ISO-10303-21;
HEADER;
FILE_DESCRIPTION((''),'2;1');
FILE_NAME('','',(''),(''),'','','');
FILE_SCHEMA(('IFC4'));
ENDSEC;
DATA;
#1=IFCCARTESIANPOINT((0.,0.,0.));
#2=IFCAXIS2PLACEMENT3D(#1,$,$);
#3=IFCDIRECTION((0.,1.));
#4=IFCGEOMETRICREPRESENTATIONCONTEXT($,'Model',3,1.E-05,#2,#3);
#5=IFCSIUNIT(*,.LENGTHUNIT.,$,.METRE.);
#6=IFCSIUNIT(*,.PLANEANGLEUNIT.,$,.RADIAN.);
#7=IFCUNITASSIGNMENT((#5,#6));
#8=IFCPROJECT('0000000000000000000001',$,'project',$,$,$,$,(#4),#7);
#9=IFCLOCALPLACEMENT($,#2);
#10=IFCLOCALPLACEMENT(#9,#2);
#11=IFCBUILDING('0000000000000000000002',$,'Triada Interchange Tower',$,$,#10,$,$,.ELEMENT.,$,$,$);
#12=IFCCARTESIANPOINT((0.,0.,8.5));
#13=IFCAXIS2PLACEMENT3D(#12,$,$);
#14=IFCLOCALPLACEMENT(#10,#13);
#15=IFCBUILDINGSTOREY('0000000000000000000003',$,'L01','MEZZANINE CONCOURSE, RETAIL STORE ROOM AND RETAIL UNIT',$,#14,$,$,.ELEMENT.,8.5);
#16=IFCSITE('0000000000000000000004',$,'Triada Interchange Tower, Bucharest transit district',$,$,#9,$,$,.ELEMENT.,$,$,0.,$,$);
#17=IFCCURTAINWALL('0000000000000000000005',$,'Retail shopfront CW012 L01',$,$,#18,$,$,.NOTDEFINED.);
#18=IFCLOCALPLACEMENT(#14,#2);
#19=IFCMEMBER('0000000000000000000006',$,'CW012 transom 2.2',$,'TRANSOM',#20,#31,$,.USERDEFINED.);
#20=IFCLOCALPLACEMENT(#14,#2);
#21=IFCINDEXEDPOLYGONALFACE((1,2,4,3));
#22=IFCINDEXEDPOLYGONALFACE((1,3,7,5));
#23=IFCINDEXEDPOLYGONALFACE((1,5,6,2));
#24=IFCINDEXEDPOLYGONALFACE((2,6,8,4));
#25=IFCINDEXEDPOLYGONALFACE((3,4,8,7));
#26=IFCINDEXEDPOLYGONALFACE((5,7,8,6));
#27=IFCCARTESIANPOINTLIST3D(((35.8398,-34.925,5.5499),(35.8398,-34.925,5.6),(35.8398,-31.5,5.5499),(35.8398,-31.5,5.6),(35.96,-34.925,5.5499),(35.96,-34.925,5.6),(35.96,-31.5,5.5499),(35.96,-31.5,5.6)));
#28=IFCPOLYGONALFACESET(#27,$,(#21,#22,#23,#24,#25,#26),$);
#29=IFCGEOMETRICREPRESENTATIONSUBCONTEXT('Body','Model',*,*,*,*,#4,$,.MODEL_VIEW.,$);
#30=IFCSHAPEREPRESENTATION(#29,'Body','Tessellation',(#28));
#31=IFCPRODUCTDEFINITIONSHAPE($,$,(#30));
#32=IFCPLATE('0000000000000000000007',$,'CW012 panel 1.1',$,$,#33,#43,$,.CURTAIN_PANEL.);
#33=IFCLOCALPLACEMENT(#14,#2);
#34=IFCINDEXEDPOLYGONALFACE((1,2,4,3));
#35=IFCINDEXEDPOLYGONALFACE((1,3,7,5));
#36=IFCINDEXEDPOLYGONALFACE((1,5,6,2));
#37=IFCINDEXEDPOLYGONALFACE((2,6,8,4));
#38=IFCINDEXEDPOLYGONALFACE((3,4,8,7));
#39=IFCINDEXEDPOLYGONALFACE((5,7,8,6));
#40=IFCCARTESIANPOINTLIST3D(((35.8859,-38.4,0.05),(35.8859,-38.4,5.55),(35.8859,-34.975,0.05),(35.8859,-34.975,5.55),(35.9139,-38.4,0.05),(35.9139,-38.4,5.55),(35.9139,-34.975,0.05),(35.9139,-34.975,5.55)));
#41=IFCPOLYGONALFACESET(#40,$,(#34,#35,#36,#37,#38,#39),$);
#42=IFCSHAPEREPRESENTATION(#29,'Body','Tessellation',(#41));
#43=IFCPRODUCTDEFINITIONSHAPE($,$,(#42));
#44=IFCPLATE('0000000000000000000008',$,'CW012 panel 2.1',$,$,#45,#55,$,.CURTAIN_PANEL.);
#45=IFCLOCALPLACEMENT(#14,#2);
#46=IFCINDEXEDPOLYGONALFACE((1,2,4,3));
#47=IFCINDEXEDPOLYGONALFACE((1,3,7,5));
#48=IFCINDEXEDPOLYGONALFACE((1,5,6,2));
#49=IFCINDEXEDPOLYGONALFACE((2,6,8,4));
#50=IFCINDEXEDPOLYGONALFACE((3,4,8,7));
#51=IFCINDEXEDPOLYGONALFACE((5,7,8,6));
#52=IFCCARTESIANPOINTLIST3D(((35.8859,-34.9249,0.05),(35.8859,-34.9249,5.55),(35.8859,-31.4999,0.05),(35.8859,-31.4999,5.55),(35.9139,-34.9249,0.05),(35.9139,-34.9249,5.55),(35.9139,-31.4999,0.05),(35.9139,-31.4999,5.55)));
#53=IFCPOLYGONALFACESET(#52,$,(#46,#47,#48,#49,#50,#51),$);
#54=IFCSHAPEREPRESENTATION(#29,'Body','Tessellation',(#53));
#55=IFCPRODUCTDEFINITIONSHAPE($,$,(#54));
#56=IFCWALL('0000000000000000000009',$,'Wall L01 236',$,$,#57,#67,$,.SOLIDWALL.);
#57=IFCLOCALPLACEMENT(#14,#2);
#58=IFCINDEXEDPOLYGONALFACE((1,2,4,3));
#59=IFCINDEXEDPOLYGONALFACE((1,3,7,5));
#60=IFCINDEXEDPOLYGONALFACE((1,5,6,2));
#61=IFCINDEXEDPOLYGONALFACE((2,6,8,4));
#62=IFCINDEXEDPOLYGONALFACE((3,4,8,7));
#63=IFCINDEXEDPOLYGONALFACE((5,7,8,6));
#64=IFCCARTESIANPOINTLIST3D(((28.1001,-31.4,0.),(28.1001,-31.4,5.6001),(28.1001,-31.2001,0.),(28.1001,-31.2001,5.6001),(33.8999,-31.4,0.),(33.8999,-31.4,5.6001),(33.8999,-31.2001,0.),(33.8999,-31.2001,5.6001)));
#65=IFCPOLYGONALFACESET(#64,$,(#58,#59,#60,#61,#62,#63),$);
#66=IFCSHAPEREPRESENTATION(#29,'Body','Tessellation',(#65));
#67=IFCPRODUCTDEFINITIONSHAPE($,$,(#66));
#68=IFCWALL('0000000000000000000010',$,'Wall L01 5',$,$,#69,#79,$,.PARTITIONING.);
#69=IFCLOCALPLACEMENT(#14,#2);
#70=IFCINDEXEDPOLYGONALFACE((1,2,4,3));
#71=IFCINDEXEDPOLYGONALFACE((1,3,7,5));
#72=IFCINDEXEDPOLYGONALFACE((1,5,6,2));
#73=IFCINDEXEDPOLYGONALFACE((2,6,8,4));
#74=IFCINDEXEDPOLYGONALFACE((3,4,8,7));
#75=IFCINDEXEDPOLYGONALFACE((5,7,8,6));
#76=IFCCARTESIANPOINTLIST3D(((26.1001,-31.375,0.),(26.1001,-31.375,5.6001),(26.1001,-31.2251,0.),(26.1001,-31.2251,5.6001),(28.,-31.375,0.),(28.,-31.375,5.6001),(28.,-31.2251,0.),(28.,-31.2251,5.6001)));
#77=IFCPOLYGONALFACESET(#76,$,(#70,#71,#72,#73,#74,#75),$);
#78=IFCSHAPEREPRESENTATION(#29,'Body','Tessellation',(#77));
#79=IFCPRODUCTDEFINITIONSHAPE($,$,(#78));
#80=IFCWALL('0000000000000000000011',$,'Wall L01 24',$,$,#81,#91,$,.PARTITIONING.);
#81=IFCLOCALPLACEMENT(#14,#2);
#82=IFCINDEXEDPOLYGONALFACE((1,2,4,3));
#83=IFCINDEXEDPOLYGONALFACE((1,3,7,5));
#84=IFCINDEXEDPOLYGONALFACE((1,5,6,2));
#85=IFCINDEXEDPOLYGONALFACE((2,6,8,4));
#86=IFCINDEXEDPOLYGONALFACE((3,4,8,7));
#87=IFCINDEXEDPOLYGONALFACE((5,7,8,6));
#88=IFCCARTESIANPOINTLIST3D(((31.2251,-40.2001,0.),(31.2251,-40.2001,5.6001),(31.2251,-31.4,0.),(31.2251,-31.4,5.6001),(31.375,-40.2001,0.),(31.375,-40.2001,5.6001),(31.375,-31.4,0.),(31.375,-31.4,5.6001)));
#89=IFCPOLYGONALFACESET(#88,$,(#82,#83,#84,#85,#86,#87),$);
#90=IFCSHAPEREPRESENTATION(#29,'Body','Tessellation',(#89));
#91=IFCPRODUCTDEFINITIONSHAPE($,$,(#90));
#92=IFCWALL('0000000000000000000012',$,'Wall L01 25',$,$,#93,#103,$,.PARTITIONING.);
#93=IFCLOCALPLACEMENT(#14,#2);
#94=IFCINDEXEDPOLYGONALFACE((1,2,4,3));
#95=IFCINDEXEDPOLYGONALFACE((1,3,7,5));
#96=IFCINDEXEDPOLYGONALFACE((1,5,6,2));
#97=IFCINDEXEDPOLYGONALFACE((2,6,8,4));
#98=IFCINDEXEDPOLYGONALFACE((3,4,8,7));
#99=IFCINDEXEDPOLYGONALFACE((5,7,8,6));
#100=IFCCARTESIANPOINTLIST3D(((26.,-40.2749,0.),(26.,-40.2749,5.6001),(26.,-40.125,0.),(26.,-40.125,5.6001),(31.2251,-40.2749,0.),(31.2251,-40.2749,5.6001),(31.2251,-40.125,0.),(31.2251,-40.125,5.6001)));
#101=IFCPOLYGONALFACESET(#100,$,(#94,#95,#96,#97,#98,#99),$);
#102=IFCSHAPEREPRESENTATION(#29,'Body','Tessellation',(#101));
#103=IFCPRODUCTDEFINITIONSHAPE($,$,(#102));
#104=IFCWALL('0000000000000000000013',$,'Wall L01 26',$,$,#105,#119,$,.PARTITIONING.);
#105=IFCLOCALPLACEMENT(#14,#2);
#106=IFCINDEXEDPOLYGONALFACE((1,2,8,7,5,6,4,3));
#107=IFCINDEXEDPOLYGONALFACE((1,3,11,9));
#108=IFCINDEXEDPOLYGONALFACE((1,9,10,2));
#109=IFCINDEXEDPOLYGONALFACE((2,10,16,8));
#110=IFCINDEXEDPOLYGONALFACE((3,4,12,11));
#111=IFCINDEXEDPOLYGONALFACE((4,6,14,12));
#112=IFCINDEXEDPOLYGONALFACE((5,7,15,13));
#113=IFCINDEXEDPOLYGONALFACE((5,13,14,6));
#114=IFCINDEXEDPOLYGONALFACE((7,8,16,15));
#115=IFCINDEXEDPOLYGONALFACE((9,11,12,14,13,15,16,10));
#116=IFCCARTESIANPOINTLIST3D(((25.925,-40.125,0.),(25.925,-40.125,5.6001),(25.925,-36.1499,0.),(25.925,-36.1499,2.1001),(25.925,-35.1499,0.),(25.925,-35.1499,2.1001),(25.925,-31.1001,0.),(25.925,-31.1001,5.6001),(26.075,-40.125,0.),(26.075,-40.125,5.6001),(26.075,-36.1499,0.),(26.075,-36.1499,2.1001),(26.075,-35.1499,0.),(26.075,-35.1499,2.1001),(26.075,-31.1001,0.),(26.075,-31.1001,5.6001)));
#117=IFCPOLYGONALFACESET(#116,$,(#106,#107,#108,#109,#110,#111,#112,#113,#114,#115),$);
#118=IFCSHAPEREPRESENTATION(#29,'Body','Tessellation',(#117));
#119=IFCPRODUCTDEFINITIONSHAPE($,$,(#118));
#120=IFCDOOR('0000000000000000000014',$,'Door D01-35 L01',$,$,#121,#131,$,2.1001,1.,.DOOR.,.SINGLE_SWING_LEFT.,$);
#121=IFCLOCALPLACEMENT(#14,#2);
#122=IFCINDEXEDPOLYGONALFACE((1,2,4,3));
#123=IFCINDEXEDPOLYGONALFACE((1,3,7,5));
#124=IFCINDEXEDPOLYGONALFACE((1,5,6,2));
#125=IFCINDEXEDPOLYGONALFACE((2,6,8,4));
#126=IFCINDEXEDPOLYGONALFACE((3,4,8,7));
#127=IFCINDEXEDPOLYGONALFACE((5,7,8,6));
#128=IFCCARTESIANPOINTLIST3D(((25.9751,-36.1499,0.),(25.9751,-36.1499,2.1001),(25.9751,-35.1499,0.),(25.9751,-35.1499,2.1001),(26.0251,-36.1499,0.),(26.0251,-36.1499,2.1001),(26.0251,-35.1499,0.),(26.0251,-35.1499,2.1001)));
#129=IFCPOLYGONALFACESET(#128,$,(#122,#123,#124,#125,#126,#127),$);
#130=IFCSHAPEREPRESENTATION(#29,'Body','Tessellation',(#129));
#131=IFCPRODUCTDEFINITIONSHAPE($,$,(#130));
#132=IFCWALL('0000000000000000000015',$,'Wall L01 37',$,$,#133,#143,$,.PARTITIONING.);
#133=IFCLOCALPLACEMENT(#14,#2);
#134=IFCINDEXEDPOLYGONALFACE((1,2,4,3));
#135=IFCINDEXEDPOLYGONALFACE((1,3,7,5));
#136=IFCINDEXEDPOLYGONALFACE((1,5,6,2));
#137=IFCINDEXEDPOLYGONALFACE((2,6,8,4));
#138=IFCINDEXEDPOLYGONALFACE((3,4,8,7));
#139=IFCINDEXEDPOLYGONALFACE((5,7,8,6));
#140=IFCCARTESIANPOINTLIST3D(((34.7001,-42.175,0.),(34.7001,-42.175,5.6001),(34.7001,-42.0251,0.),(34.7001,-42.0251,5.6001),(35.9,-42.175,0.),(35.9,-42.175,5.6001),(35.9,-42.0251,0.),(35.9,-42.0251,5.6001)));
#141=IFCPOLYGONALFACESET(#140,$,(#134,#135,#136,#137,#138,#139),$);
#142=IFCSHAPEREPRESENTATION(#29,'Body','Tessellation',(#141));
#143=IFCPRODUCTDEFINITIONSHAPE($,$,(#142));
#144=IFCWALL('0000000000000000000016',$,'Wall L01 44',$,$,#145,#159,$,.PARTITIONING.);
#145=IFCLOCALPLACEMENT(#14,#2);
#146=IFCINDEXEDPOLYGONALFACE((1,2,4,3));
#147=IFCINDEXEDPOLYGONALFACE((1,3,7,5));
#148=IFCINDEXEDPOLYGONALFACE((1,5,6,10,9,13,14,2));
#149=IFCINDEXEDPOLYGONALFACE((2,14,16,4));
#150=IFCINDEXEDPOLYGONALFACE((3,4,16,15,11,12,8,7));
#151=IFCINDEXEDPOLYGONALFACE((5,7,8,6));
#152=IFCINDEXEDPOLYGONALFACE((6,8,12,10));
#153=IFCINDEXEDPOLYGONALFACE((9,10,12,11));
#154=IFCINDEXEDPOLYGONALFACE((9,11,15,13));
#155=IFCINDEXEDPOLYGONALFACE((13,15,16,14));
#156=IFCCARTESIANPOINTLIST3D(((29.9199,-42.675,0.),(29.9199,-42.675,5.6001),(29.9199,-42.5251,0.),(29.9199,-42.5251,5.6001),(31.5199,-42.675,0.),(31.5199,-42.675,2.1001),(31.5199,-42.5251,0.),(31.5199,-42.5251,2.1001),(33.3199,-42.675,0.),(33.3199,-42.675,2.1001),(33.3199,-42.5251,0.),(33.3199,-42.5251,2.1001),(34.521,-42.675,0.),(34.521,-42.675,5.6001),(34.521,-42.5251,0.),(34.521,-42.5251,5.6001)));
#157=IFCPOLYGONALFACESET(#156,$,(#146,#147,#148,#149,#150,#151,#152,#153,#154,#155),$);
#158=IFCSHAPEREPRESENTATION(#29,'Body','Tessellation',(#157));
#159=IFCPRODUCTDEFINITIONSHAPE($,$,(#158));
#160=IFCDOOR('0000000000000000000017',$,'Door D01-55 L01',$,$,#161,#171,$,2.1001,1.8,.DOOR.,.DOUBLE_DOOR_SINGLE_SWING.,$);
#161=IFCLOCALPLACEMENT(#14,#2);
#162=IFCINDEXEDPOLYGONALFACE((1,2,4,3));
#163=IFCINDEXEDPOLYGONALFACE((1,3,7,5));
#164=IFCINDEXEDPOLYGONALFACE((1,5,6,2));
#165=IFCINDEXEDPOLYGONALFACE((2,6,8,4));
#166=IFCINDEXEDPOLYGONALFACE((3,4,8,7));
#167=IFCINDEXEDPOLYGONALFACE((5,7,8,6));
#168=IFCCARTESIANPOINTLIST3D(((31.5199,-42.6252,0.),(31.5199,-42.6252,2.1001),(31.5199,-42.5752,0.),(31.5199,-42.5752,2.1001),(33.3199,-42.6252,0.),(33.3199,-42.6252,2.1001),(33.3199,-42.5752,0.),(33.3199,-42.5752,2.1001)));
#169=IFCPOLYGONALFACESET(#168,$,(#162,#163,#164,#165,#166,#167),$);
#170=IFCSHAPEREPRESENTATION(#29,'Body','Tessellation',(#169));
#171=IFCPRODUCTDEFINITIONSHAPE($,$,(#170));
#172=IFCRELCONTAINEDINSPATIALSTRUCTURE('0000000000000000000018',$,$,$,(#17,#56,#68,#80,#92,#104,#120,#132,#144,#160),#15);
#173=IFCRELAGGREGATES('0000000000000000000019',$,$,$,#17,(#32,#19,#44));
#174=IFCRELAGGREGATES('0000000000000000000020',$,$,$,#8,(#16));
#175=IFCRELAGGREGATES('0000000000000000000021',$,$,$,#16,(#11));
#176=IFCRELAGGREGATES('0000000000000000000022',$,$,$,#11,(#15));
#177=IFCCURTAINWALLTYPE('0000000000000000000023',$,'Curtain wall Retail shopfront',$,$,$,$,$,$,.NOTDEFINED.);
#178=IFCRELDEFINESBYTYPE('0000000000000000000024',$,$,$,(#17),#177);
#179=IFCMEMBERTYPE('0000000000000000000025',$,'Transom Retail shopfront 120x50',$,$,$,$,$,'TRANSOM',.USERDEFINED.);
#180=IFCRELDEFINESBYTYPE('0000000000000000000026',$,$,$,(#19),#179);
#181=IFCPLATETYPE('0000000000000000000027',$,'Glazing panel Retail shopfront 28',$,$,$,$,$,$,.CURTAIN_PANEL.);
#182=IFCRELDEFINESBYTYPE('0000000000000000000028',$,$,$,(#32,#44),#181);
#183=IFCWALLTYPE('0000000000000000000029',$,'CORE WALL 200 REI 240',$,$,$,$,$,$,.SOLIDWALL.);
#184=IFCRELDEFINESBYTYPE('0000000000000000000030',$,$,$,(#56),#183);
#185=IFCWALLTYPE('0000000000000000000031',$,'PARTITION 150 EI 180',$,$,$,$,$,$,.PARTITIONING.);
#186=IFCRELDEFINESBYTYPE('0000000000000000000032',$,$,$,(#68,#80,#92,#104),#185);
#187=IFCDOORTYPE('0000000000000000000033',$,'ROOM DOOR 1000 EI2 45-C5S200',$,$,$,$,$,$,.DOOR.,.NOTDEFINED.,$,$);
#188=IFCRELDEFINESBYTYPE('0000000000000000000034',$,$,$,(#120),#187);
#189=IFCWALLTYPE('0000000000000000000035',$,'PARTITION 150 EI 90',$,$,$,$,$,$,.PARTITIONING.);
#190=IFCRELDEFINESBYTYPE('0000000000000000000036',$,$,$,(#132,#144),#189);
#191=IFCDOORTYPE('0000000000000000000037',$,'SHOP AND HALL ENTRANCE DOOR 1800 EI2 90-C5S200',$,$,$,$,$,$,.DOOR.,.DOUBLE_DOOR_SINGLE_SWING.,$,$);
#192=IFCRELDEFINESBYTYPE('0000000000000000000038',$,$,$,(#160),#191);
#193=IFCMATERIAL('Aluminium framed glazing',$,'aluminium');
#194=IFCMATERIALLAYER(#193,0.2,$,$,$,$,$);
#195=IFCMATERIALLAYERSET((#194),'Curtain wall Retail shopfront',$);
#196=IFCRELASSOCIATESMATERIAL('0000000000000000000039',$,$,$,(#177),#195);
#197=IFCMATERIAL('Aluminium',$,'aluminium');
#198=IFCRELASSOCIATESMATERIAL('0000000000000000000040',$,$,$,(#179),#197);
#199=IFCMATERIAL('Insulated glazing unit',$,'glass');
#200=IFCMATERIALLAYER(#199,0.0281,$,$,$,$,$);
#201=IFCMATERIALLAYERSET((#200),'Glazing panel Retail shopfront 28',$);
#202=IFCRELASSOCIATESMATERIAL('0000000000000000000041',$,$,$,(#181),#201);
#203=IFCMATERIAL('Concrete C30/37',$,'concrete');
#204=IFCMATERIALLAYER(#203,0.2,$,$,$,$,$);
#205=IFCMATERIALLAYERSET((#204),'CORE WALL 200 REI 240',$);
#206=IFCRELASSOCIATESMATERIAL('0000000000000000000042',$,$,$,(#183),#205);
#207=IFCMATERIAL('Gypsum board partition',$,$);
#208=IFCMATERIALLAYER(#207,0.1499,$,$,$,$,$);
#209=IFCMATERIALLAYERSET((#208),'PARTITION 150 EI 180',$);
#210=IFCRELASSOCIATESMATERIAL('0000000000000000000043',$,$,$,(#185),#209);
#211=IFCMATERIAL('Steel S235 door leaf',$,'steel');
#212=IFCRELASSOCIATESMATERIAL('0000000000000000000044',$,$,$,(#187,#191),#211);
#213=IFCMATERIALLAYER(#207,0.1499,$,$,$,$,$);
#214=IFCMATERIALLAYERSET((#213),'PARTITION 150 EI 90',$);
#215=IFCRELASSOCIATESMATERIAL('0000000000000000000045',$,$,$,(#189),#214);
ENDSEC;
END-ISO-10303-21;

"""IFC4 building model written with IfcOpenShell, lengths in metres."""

from ifc_helpers import new_model, si_unit, direction, frame, frame_2d, origin, origin_2d, place, context, subcontext, project, spatial, rectangle, extrude, material, layer, layer_set, material_profile, profile_set, type_object, element, fill, aggregate, save


model = new_model("IFC4")

# Units and contexts
model_context = context("Model", 3, precision=1e-05, world=origin(), true_north=direction((0.0, 1.0)))
body_context = subcontext(model_context, "Body", "Model", "MODEL_VIEW")
ifc_project = project(units=[si_unit("LENGTHUNIT", "METRE"), si_unit("PLANEANGLEUNIT", "RADIAN")], contexts=[model_context])

# Site, building, storey
site_placement = place(None, origin())
site = spatial("IfcSite", under=ifc_project, at=site_placement, Name="Triada Interchange Tower, Bucharest transit district", CompositionType="ELEMENT", RefElevation=0.0)
building_placement = place(site_placement, origin())
building = spatial("IfcBuilding", under=site, at=building_placement, Name="Triada Interchange Tower", CompositionType="ELEMENT")
storey_placement = place(building_placement, frame((0.0, 0.0, 8.5)))
storey = spatial("IfcBuildingStorey", under=building, at=storey_placement, Name="L01", Description="MEZZANINE CONCOURSE, RETAIL STORE ROOM AND RETAIL UNIT", CompositionType="ELEMENT", Elevation=8.5)

# Shared definitions
ifc_material_1 = material(Name="Aluminium framed glazing", Category="aluminium")
ifc_layer_1 = layer(ifc_material_1, 0.2)
ifc_layer_set_1 = layer_set([ifc_layer_1], Name="Curtain wall Retail shopfront")
curtain_wall_type = type_object("IfcCurtainWallType", Name="Curtain wall Retail shopfront", PredefinedType="NOTDEFINED", material=ifc_layer_set_1)
ifc_material_2 = material(Name="Aluminium", Category="aluminium")

# Curtain wall
curtain_wall_1_placement = place(storey_placement, origin())
curtain_wall_1 = element("IfcCurtainWall", 1, at=curtain_wall_1_placement, inside=storey, type_object=curtain_wall_type, Name="Retail shopfront CW012 L01", PredefinedType="NOTDEFINED")

# Member
ifc_material_profile_1 = material_profile(ifc_material_2, rectangle(XDim=0.1201, YDim=0.05, at=origin_2d()), Name="Aluminium transom")
ifc_profile_set_1 = profile_set([ifc_material_profile_1], Name="Aluminium")
member_type_1 = type_object("IfcMemberType", Name="Transom Retail shopfront 120x50", ElementType="TRANSOM", PredefinedType="USERDEFINED", material=ifc_profile_set_1)
member_1_placement = place(storey_placement, frame((35.8999, -34.925, 5.575), z_axis=(0.0, 1.0, 0.0), x_axis=(-1.0, 0.0, 0.0)))
member_1 = element("IfcMember", 2, at=member_1_placement, type_object=member_type_1, Name="CW012 transom 2.2", ObjectType="TRANSOM", PredefinedType="USERDEFINED", context=body_context, shape_type="SweptSolid", body=[
    extrude(rectangle(XDim=0.1201, YDim=0.05, at=origin_2d()), origin(), (0.0, 0.0, 1.0), 3.425),
])

# Plates
ifc_material_3 = material(Name="Insulated glazing unit", Category="glass")
ifc_layer_2 = layer(ifc_material_3, 0.0281)
ifc_layer_set_2 = layer_set([ifc_layer_2], Name="Glazing panel Retail shopfront 28")
plate_type = type_object("IfcPlateType", Name="Glazing panel Retail shopfront 28", PredefinedType="CURTAIN_PANEL", material=ifc_layer_set_2)
plate_1_placement = place(storey_placement, frame((35.8999, -36.6875, 0.05), z_axis=(0.0, 0.0, 1.0), x_axis=(0.0, 1.0, 0.0)))
plate_1 = element("IfcPlate", 3, at=plate_1_placement, type_object=plate_type, Name="CW012 panel 1.1", PredefinedType="CURTAIN_PANEL", context=body_context, shape_type="SweptSolid", body=[
    extrude(rectangle(XDim=3.425, YDim=0.0281, at=origin_2d()), origin(), (0.0, 0.0, 1.0), 5.5),
])
plate_2_placement = place(storey_placement, frame((35.8999, -33.2124, 0.05), z_axis=(0.0, 0.0, 1.0), x_axis=(0.0, 1.0, 0.0)))
plate_2 = element("IfcPlate", 4, at=plate_2_placement, type_object=plate_type, Name="CW012 panel 2.1", PredefinedType="CURTAIN_PANEL", context=body_context, shape_type="SweptSolid", body=[
    extrude(rectangle(XDim=3.425, YDim=0.0281, at=origin_2d()), origin(), (0.0, 0.0, 1.0), 5.5),
])
aggregate(curtain_wall_1, [plate_1, member_1, plate_2])

# Wall
ifc_material_4 = material(Name="Concrete C30/37", Category="concrete")
ifc_layer_3 = layer(ifc_material_4, 0.2)
ifc_layer_set_3 = layer_set([ifc_layer_3], Name="CORE WALL 200 REI 240")
wall_type_1 = type_object("IfcWallType", Name="CORE WALL 200 REI 240", PredefinedType="SOLIDWALL", material=ifc_layer_set_3)
wall_1_placement = place(storey_placement, frame((28.1001, -31.3, 0.0), z_axis=(0.0, 0.0, 1.0), x_axis=(1.0, 0.0, 0.0)))
element("IfcWall", 5, at=wall_1_placement, inside=storey, type_object=wall_type_1, Name="Wall L01 236", PredefinedType="SOLIDWALL", context=body_context, shape_type="SweptSolid", body=[
    extrude(rectangle(XDim=5.7998, YDim=0.2, at=frame_2d((2.8999, 0.0))), origin(), (0.0, 0.0, 1.0), 5.6001),
])

# Walls
ifc_material_5 = material(Name="Gypsum board partition")
ifc_layer_4 = layer(ifc_material_5, 0.1499)
ifc_layer_set_4 = layer_set([ifc_layer_4], Name="PARTITION 150 EI 180")
wall_type_2 = type_object("IfcWallType", Name="PARTITION 150 EI 180", PredefinedType="PARTITIONING", material=ifc_layer_set_4)
wall_2_placement = place(storey_placement, frame((26.1001, -31.3, 0.0), z_axis=(0.0, 0.0, 1.0), x_axis=(1.0, 0.0, 0.0)))
element("IfcWall", 6, at=wall_2_placement, inside=storey, type_object=wall_type_2, Name="Wall L01 5", PredefinedType="PARTITIONING", context=body_context, shape_type="SweptSolid", body=[
    extrude(rectangle(XDim=1.8999, YDim=0.1499, at=frame_2d((0.95, 0.0))), origin(), (0.0, 0.0, 1.0), 5.6001),
])
wall_3_placement = place(storey_placement, frame((31.3, -40.2, 0.0), z_axis=(0.0, 0.0, 1.0), x_axis=(0.0, 1.0, 0.0)))
element("IfcWall", 7, at=wall_3_placement, inside=storey, type_object=wall_type_2, Name="Wall L01 24", PredefinedType="PARTITIONING", context=body_context, shape_type="SweptSolid", body=[
    extrude(rectangle(XDim=8.8, YDim=0.1499, at=frame_2d((4.3999, 0.0))), origin(), (0.0, 0.0, 1.0), 5.6001),
])
wall_4_placement = place(storey_placement, frame((26.0, -40.2, 0.0), z_axis=(0.0, 0.0, 1.0), x_axis=(1.0, 0.0, 0.0)))
element("IfcWall", 8, at=wall_4_placement, inside=storey, type_object=wall_type_2, Name="Wall L01 25", PredefinedType="PARTITIONING", context=body_context, shape_type="SweptSolid", body=[
    extrude(rectangle(XDim=5.2251, YDim=0.1499, at=frame_2d((2.6125, 0.0))), origin(), (0.0, 0.0, 1.0), 5.6001),
])

# Wall, opening, door
wall_5_placement = place(storey_placement, frame((26.0, -40.125, 0.0), z_axis=(0.0, 0.0, 1.0), x_axis=(0.0, 1.0, 0.0)))
wall_5 = element("IfcWall", 9, at=wall_5_placement, inside=storey, type_object=wall_type_2, Name="Wall L01 26", PredefinedType="PARTITIONING", context=body_context, shape_type="SweptSolid", body=[
    extrude(rectangle(XDim=9.0249, YDim=0.1499, at=frame_2d((4.5125, 0.0))), origin(), (0.0, 0.0, 1.0), 5.6001),
])
opening_1_placement = place(wall_5_placement, frame((3.9751, 0.0, 0.0)))
opening_1 = element("IfcOpeningElement", 10, at=opening_1_placement, cuts=wall_5, PredefinedType="OPENING", context=body_context, shape_type="SweptSolid", body=[
    extrude(rectangle(XDim=1.0, YDim=2.1001, at=frame_2d((0.5, 1.05))), frame((0.0, 0.085, 0.0), z_axis=(0.0, -1.0, 0.0), x_axis=(1.0, 0.0, 0.0)), (0.0, 0.0, 1.0), 0.1699),
])
ifc_material_6 = material(Name="Steel S235 door leaf", Category="steel")
door_type_1 = type_object("IfcDoorType", Name="ROOM DOOR 1000 EI2 45-C5S200", OperationType="NOTDEFINED", PredefinedType="DOOR", material=ifc_material_6)
door_1_placement = place(opening_1_placement, origin())
door_1 = element("IfcDoor", 11, at=door_1_placement, inside=storey, type_object=door_type_1, Name="Door D01-35 L01", OperationType="SINGLE_SWING_LEFT", OverallHeight=2.1001, OverallWidth=1.0, PredefinedType="DOOR", context=body_context, shape_type="SweptSolid", body=[
    extrude(rectangle(XDim=1.0, YDim=2.1001, at=frame_2d((0.5, 1.05))), frame((0.0, 0.0249, 0.0), z_axis=(0.0, -1.0, 0.0), x_axis=(1.0, 0.0, 0.0)), (0.0, 0.0, 1.0), 0.05),
])
fill(opening_1, door_1)

# Wall
ifc_layer_5 = layer(ifc_material_5, 0.1499)
ifc_layer_set_5 = layer_set([ifc_layer_5], Name="PARTITION 150 EI 90")
wall_type_3 = type_object("IfcWallType", Name="PARTITION 150 EI 90", PredefinedType="PARTITIONING", material=ifc_layer_set_5)
wall_6_placement = place(storey_placement, frame((34.7, -42.1001, 0.0), z_axis=(0.0, 0.0, 1.0), x_axis=(1.0, 0.0, 0.0)))
element("IfcWall", 12, at=wall_6_placement, inside=storey, type_object=wall_type_3, Name="Wall L01 37", PredefinedType="PARTITIONING", context=body_context, shape_type="SweptSolid", body=[
    extrude(rectangle(XDim=1.2, YDim=0.1499, at=frame_2d((0.6001, 0.0))), origin(), (0.0, 0.0, 1.0), 5.6001),
])

# Wall, opening, door
wall_7_placement = place(storey_placement, frame((29.9199, -42.6001, 0.0), z_axis=(0.0, 0.0, 1.0), x_axis=(1.0, 0.0, 0.0)))
wall_7 = element("IfcWall", 13, at=wall_7_placement, inside=storey, type_object=wall_type_3, Name="Wall L01 44", PredefinedType="PARTITIONING", context=body_context, shape_type="SweptSolid", body=[
    extrude(rectangle(XDim=4.6011, YDim=0.1499, at=frame_2d((2.3005, 0.0))), origin(), (0.0, 0.0, 1.0), 5.6001),
])
opening_2_placement = place(wall_7_placement, frame((1.6001, 0.0, 0.0)))
opening_2 = element("IfcOpeningElement", 14, at=opening_2_placement, cuts=wall_7, PredefinedType="OPENING", context=body_context, shape_type="SweptSolid", body=[
    extrude(rectangle(XDim=1.8, YDim=2.1001, at=frame_2d((0.8999, 1.05))), frame((0.0, 0.085, 0.0), z_axis=(0.0, -1.0, 0.0), x_axis=(1.0, 0.0, 0.0)), (0.0, 0.0, 1.0), 0.1699),
])
door_type_2 = type_object("IfcDoorType", Name="SHOP AND HALL ENTRANCE DOOR 1800 EI2 90-C5S200", OperationType="DOUBLE_DOOR_SINGLE_SWING", PredefinedType="DOOR", material=ifc_material_6)
door_2_placement = place(opening_2_placement, origin())
door_2 = element("IfcDoor", 15, at=door_2_placement, inside=storey, type_object=door_type_2, Name="Door D01-55 L01", OperationType="DOUBLE_DOOR_SINGLE_SWING", OverallHeight=2.1001, OverallWidth=1.8, PredefinedType="DOOR", context=body_context, shape_type="SweptSolid", body=[
    extrude(rectangle(XDim=1.8, YDim=2.1001, at=frame_2d((0.8999, 1.05))), frame((0.0, 0.0249, 0.0), z_axis=(0.0, -1.0, 0.0), x_axis=(1.0, 0.0, 0.0)), (0.0, 0.0, 1.0), 0.05),
])
fill(opening_2, door_2)

save(model, "model.ifc")
